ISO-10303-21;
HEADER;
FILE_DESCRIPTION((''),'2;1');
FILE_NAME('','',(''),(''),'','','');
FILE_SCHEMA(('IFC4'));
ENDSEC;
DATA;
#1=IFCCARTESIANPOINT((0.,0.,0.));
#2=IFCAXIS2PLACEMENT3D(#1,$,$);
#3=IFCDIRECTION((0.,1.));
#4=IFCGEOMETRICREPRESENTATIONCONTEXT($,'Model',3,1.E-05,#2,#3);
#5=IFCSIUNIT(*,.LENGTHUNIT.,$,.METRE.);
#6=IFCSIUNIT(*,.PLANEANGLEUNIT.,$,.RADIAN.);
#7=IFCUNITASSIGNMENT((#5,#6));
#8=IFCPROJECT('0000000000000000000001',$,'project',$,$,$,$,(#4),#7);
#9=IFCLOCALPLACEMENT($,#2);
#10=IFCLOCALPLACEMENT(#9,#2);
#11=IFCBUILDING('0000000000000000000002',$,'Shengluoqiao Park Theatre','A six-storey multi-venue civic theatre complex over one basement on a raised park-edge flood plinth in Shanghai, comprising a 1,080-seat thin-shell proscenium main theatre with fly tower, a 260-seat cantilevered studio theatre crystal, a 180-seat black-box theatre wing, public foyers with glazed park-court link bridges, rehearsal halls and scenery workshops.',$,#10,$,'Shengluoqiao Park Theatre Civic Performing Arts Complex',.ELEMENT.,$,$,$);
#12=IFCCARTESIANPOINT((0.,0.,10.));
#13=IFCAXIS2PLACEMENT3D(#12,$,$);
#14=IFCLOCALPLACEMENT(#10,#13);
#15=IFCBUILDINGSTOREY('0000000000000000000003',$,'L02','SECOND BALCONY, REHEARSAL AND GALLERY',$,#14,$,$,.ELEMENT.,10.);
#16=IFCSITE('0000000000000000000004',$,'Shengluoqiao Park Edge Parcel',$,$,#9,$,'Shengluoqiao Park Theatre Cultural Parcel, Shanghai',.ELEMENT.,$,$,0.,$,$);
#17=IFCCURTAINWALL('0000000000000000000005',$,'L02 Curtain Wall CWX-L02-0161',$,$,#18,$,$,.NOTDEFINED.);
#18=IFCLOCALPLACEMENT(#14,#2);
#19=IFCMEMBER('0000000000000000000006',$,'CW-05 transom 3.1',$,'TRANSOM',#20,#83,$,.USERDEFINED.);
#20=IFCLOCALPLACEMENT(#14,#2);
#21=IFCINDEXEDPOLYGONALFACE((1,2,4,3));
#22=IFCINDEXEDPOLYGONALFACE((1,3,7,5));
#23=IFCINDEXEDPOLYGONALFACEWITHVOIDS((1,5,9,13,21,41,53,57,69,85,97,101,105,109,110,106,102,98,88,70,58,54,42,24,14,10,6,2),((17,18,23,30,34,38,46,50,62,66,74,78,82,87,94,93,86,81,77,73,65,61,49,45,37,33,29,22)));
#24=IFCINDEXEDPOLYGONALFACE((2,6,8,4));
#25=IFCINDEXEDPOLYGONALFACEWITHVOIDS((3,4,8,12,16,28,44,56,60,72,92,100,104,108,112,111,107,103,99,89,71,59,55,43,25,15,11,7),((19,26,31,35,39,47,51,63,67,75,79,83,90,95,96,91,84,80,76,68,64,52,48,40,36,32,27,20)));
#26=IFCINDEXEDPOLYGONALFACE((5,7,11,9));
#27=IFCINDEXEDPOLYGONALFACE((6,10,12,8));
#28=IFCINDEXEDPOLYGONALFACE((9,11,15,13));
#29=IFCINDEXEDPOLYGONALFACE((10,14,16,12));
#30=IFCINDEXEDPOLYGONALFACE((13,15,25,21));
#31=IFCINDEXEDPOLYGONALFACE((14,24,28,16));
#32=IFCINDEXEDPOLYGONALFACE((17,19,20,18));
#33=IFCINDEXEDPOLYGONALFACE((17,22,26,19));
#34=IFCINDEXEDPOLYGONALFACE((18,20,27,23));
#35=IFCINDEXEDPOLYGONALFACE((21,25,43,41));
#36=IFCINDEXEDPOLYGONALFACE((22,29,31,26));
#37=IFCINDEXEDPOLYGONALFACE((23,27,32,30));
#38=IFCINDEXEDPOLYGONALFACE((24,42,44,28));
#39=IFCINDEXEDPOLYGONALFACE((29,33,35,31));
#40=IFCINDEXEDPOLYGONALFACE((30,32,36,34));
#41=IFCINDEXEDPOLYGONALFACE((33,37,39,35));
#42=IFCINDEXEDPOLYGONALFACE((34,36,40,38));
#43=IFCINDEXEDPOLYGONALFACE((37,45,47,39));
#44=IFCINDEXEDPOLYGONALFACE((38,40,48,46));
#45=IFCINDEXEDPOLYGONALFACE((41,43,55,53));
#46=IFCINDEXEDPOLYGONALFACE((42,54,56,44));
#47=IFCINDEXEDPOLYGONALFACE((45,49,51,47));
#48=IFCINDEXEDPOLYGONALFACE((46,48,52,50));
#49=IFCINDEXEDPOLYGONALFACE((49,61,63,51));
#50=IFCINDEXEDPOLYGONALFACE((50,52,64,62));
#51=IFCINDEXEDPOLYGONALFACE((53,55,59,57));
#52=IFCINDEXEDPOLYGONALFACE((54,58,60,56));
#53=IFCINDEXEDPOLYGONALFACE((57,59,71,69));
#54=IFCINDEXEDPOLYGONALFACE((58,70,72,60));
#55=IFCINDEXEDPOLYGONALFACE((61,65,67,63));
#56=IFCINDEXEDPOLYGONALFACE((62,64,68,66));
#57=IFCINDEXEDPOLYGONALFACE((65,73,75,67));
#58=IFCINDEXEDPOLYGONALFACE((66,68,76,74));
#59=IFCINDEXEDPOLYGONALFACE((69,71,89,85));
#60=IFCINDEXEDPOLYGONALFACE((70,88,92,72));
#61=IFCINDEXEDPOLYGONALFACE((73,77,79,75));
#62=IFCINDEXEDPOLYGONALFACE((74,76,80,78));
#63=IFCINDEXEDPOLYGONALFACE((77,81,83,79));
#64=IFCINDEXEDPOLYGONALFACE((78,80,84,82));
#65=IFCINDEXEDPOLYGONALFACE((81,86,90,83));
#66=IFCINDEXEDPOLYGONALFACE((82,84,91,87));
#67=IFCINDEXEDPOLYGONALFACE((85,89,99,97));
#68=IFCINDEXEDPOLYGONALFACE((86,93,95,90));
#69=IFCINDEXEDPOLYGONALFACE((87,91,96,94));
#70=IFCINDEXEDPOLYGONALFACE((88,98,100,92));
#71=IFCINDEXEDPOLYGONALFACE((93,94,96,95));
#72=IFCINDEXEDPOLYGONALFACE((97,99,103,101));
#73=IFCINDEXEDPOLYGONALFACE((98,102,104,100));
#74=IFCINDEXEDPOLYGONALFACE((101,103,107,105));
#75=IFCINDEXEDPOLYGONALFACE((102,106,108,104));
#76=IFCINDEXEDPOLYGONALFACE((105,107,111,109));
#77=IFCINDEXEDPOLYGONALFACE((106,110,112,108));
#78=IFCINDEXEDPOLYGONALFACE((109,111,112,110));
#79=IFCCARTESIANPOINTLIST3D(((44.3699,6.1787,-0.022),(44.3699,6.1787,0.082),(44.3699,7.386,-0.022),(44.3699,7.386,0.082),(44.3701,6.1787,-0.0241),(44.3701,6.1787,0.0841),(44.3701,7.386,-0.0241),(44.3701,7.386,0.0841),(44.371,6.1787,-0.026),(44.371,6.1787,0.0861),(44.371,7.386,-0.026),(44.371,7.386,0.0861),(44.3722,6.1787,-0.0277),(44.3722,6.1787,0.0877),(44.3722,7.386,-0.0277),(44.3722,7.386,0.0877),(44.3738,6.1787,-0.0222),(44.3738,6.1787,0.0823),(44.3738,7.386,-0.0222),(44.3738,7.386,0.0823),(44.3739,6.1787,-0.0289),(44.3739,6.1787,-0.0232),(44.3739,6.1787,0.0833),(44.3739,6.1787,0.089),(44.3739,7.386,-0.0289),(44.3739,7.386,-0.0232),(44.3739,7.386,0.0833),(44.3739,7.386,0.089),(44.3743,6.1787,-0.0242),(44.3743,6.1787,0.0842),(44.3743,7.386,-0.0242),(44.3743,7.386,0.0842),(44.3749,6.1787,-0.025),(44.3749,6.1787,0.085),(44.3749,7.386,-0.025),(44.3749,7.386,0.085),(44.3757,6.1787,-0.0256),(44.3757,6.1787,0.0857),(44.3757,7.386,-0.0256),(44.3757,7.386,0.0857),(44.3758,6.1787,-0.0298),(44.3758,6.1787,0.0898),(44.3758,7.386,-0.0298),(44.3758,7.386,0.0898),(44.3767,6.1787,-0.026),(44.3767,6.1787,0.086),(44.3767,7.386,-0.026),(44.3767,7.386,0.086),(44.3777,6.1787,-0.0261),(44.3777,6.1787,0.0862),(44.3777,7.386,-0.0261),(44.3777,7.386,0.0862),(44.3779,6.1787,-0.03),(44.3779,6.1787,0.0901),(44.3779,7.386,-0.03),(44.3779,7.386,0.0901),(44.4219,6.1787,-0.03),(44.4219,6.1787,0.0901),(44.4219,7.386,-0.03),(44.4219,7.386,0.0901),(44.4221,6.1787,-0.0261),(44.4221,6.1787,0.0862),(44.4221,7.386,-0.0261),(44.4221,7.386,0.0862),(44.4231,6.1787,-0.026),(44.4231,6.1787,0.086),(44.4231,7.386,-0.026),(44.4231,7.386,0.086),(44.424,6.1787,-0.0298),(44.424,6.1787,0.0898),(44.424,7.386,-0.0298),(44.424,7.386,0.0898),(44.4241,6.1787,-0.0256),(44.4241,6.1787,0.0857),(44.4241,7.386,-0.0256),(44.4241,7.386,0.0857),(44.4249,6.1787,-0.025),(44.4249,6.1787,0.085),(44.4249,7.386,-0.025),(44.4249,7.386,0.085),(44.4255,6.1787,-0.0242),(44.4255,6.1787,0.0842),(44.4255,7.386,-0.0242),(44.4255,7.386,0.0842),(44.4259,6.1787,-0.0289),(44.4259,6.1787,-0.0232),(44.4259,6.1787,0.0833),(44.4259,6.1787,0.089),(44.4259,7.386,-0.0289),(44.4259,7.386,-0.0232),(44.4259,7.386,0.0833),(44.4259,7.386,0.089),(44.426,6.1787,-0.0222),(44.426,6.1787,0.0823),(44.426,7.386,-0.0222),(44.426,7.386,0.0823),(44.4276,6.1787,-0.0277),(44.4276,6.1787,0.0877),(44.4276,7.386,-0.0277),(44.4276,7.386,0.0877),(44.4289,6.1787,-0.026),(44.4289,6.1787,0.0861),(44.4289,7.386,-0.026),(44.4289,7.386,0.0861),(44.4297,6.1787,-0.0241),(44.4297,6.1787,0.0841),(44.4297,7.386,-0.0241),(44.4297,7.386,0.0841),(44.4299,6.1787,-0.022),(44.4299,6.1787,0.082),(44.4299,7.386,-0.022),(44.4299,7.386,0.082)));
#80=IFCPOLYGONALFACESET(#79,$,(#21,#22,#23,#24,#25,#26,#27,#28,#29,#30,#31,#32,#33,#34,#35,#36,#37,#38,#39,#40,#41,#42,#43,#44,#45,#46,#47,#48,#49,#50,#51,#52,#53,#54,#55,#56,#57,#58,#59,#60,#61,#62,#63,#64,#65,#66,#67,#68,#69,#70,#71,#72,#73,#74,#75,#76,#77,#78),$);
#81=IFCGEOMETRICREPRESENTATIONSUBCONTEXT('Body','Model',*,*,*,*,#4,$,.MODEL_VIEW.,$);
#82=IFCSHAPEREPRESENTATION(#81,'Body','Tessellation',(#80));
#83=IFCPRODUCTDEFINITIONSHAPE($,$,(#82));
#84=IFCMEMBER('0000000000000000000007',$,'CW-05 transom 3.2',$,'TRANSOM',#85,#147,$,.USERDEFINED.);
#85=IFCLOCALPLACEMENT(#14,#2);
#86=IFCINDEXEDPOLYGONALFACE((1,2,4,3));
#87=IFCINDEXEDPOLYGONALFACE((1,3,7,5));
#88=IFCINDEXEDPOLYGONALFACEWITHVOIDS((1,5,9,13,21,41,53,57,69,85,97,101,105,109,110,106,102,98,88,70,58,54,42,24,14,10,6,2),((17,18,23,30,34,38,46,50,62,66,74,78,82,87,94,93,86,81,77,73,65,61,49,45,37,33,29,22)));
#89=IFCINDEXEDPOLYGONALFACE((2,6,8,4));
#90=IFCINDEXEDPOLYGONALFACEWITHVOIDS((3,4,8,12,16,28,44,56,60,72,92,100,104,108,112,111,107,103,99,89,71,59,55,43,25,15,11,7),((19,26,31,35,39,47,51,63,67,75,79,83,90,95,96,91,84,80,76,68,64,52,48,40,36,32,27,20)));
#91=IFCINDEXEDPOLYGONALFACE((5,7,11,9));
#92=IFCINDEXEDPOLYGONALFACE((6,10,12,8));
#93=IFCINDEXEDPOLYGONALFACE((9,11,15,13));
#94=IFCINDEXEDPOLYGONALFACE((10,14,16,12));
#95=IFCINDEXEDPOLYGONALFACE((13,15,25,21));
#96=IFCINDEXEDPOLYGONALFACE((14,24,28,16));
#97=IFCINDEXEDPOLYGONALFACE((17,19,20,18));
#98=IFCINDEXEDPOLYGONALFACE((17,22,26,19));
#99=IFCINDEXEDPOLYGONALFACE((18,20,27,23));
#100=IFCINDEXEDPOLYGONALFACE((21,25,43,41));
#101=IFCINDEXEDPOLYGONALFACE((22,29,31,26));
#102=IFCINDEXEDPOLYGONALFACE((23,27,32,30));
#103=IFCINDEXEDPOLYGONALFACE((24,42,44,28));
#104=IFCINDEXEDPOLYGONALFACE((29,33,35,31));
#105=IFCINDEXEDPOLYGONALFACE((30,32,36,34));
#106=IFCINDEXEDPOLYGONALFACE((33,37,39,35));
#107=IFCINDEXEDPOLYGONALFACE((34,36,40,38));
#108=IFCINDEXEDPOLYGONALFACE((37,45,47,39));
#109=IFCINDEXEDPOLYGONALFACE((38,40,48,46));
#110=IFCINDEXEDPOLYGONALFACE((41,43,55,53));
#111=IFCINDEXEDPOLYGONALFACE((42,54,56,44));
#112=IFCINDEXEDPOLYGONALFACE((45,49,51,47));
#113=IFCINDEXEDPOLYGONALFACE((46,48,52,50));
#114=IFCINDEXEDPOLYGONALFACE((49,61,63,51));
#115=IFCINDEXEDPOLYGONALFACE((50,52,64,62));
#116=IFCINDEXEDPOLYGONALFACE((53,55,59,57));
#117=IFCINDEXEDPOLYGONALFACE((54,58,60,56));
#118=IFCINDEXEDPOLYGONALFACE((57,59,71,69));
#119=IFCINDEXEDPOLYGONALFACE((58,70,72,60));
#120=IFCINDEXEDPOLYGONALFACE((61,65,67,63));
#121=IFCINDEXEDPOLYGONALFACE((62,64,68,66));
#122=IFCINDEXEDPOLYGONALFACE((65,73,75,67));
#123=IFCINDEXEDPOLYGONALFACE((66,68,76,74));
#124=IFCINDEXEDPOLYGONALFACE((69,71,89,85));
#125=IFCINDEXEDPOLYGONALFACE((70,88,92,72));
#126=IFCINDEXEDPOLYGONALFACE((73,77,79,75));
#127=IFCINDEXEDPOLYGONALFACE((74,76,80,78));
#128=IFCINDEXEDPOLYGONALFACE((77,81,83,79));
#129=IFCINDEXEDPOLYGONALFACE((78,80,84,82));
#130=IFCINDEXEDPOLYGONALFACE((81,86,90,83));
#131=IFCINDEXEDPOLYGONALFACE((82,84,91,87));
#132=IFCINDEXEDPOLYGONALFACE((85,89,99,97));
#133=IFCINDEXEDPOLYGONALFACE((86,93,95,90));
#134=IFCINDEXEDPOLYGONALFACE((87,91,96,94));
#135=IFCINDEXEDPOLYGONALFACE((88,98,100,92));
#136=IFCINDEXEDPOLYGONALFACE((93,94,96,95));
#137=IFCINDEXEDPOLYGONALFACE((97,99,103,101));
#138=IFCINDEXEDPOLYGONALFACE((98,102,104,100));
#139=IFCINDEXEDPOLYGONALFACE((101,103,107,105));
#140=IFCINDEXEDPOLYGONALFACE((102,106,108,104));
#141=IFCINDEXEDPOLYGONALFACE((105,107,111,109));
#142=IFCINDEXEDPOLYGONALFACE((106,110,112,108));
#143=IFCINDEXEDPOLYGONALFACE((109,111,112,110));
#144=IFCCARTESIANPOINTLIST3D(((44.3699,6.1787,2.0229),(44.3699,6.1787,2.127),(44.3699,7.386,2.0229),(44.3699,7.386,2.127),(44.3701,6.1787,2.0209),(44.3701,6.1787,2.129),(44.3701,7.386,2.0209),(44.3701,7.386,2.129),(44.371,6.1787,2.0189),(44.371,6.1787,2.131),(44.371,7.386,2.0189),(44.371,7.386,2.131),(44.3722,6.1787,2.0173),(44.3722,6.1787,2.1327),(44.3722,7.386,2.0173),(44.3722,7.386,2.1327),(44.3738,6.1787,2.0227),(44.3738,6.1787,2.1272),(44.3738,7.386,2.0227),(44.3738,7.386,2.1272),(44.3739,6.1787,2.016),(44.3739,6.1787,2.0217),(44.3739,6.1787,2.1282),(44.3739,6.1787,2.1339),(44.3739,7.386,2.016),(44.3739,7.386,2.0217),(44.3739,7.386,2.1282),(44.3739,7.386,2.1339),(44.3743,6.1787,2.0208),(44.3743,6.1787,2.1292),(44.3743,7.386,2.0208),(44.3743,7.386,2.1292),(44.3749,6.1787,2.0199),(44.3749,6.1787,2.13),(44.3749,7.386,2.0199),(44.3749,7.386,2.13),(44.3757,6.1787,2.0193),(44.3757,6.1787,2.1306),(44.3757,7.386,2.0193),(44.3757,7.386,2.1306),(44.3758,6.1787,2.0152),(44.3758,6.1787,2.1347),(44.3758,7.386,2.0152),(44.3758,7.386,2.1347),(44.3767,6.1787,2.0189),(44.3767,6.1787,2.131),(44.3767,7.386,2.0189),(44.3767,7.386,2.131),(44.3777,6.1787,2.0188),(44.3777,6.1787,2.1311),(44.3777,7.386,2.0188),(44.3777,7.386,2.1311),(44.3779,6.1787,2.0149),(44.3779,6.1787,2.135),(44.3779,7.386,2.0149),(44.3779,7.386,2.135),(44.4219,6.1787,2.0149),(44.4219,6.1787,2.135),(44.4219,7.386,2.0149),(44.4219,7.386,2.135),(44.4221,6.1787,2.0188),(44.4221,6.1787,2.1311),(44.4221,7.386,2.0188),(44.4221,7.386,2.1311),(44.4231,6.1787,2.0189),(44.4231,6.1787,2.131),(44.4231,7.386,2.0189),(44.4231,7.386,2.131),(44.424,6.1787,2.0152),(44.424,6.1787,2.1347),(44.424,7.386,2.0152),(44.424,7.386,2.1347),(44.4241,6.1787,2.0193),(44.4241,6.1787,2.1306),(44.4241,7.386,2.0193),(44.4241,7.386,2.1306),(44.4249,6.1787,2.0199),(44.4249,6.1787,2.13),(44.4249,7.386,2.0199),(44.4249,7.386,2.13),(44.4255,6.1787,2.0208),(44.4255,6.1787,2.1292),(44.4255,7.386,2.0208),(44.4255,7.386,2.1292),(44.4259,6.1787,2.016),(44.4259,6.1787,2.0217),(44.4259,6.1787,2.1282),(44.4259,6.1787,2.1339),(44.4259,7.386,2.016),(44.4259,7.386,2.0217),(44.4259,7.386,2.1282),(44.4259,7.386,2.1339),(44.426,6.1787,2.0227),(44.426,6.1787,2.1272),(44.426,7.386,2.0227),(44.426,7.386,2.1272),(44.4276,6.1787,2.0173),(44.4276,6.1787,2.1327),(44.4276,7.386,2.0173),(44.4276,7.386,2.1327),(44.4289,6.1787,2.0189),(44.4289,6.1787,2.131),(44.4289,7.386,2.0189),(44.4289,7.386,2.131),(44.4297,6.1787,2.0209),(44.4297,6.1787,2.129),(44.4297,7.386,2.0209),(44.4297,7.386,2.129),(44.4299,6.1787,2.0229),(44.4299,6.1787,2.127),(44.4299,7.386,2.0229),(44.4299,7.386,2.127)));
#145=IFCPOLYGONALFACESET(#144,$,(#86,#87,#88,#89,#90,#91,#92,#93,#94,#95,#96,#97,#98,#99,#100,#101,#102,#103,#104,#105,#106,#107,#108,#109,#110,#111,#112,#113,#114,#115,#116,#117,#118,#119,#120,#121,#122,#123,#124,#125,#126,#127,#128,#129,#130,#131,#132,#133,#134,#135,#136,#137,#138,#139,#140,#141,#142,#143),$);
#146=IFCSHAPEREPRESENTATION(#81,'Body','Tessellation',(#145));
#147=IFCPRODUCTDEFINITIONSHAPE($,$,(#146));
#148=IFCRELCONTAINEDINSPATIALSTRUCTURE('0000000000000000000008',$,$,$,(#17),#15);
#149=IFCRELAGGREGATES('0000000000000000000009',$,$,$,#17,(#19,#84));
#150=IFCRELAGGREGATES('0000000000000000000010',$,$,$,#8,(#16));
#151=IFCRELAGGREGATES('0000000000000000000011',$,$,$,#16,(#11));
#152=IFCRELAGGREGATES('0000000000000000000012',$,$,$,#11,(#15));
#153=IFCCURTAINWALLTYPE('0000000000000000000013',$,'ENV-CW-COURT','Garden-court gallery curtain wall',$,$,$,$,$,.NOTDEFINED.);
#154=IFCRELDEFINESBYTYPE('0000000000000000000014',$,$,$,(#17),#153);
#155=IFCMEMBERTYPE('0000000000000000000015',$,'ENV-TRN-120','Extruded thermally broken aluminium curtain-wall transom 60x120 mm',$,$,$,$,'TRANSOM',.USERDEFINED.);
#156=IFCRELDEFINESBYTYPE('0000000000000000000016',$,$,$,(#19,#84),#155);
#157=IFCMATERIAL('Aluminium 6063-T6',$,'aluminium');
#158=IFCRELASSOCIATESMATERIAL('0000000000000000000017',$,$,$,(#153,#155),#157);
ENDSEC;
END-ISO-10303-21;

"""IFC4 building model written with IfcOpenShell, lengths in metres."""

from ifc_helpers import new_model, si_unit, direction, frame, origin, origin_2d, place, context, subcontext, project, spatial, hollow_rectangle, extrude, material, material_profile, profile_set, type_object, element, aggregate, save


model = new_model("IFC4")

# Units and contexts
model_context = context("Model", 3, precision=1e-05, world=origin(), true_north=direction((0.0, 1.0)))
body_context = subcontext(model_context, "Body", "Model", "MODEL_VIEW")
ifc_project = project(units=[si_unit("LENGTHUNIT", "METRE"), si_unit("PLANEANGLEUNIT", "RADIAN")], contexts=[model_context])

# Site, building, storey
site_placement = place(None, origin())
site = spatial("IfcSite", under=ifc_project, at=site_placement, Name="Shengluoqiao Park Edge Parcel", LongName="Shengluoqiao Park Theatre Cultural Parcel, Shanghai", CompositionType="ELEMENT", RefElevation=0.0)
building_placement = place(site_placement, origin())
building = spatial("IfcBuilding", under=site, at=building_placement, Name="Shengluoqiao Park Theatre", Description="A six-storey multi-venue civic theatre complex over one basement on a raised park-edge flood plinth in Shanghai, comprising a 1,080-seat thin-shell proscenium main theatre with fly tower, a 260-seat cantilevered studio theatre crystal, a 180-seat black-box theatre wing, public foyers with glazed park-court link bridges, rehearsal halls and scenery workshops.", LongName="Shengluoqiao Park Theatre Civic Performing Arts Complex", CompositionType="ELEMENT")
storey_placement = place(building_placement, frame((0.0, 0.0, 10.0)))
storey = spatial("IfcBuildingStorey", under=building, at=storey_placement, Name="L02", Description="SECOND BALCONY, REHEARSAL AND GALLERY", CompositionType="ELEMENT", Elevation=10.0)

# Curtain wall
ifc_material_1 = material(Name="Aluminium 6063-T6", Category="aluminium")
curtain_wall_type = type_object("IfcCurtainWallType", Name="ENV-CW-COURT", Description="Garden-court gallery curtain wall", PredefinedType="NOTDEFINED", material=ifc_material_1)
curtain_wall_1_placement = place(storey_placement, origin())
curtain_wall_1 = element("IfcCurtainWall", 1, at=curtain_wall_1_placement, inside=storey, type_object=curtain_wall_type, Name="L02 Curtain Wall CWX-L02-0161", PredefinedType="NOTDEFINED")

# Members
ifc_material_profile_1 = material_profile(ifc_material_1, hollow_rectangle(XDim=0.0601, YDim=0.1201, WallThickness=0.0039, InnerFilletRadius=0.0039, OuterFilletRadius=0.0081, at=origin_2d()), Name="ALU TRANSOM 120x60x4")
ifc_profile_set_1 = profile_set([ifc_material_profile_1], Name="Aluminium 6063-T6")
member_type_1 = type_object("IfcMemberType", Name="ENV-TRN-120", Description="Extruded thermally broken aluminium curtain-wall transom 60x120 mm", ElementType="TRANSOM", PredefinedType="USERDEFINED", material=ifc_profile_set_1)
member_1_placement = place(storey_placement, frame((44.3999, 6.1787, 0.03), z_axis=(0.0, 1.0, 0.0), x_axis=(-1.0, 0.0, 0.0)))
member_1 = element("IfcMember", 2, at=member_1_placement, type_object=member_type_1, Name="CW-05 transom 3.1", ObjectType="TRANSOM", PredefinedType="USERDEFINED", context=body_context, shape_type="SweptSolid", body=[
    extrude(hollow_rectangle(XDim=0.0601, YDim=0.1201, WallThickness=0.0039, InnerFilletRadius=0.0039, OuterFilletRadius=0.0081, at=origin_2d()), origin(), (0.0, 0.0, 1.0), 1.2073),
])
member_2_placement = place(storey_placement, frame((44.3999, 6.1787, 2.075), z_axis=(0.0, 1.0, 0.0), x_axis=(-1.0, 0.0, 0.0)))
member_2 = element("IfcMember", 3, at=member_2_placement, type_object=member_type_1, Name="CW-05 transom 3.2", ObjectType="TRANSOM", PredefinedType="USERDEFINED", context=body_context, shape_type="SweptSolid", body=[
    extrude(hollow_rectangle(XDim=0.0601, YDim=0.1201, WallThickness=0.0039, InnerFilletRadius=0.0039, OuterFilletRadius=0.0081, at=origin_2d()), origin(), (0.0, 0.0, 1.0), 1.2073),
])

aggregate(curtain_wall_1, [member_1, member_2])

save(model, "model.ifc")
